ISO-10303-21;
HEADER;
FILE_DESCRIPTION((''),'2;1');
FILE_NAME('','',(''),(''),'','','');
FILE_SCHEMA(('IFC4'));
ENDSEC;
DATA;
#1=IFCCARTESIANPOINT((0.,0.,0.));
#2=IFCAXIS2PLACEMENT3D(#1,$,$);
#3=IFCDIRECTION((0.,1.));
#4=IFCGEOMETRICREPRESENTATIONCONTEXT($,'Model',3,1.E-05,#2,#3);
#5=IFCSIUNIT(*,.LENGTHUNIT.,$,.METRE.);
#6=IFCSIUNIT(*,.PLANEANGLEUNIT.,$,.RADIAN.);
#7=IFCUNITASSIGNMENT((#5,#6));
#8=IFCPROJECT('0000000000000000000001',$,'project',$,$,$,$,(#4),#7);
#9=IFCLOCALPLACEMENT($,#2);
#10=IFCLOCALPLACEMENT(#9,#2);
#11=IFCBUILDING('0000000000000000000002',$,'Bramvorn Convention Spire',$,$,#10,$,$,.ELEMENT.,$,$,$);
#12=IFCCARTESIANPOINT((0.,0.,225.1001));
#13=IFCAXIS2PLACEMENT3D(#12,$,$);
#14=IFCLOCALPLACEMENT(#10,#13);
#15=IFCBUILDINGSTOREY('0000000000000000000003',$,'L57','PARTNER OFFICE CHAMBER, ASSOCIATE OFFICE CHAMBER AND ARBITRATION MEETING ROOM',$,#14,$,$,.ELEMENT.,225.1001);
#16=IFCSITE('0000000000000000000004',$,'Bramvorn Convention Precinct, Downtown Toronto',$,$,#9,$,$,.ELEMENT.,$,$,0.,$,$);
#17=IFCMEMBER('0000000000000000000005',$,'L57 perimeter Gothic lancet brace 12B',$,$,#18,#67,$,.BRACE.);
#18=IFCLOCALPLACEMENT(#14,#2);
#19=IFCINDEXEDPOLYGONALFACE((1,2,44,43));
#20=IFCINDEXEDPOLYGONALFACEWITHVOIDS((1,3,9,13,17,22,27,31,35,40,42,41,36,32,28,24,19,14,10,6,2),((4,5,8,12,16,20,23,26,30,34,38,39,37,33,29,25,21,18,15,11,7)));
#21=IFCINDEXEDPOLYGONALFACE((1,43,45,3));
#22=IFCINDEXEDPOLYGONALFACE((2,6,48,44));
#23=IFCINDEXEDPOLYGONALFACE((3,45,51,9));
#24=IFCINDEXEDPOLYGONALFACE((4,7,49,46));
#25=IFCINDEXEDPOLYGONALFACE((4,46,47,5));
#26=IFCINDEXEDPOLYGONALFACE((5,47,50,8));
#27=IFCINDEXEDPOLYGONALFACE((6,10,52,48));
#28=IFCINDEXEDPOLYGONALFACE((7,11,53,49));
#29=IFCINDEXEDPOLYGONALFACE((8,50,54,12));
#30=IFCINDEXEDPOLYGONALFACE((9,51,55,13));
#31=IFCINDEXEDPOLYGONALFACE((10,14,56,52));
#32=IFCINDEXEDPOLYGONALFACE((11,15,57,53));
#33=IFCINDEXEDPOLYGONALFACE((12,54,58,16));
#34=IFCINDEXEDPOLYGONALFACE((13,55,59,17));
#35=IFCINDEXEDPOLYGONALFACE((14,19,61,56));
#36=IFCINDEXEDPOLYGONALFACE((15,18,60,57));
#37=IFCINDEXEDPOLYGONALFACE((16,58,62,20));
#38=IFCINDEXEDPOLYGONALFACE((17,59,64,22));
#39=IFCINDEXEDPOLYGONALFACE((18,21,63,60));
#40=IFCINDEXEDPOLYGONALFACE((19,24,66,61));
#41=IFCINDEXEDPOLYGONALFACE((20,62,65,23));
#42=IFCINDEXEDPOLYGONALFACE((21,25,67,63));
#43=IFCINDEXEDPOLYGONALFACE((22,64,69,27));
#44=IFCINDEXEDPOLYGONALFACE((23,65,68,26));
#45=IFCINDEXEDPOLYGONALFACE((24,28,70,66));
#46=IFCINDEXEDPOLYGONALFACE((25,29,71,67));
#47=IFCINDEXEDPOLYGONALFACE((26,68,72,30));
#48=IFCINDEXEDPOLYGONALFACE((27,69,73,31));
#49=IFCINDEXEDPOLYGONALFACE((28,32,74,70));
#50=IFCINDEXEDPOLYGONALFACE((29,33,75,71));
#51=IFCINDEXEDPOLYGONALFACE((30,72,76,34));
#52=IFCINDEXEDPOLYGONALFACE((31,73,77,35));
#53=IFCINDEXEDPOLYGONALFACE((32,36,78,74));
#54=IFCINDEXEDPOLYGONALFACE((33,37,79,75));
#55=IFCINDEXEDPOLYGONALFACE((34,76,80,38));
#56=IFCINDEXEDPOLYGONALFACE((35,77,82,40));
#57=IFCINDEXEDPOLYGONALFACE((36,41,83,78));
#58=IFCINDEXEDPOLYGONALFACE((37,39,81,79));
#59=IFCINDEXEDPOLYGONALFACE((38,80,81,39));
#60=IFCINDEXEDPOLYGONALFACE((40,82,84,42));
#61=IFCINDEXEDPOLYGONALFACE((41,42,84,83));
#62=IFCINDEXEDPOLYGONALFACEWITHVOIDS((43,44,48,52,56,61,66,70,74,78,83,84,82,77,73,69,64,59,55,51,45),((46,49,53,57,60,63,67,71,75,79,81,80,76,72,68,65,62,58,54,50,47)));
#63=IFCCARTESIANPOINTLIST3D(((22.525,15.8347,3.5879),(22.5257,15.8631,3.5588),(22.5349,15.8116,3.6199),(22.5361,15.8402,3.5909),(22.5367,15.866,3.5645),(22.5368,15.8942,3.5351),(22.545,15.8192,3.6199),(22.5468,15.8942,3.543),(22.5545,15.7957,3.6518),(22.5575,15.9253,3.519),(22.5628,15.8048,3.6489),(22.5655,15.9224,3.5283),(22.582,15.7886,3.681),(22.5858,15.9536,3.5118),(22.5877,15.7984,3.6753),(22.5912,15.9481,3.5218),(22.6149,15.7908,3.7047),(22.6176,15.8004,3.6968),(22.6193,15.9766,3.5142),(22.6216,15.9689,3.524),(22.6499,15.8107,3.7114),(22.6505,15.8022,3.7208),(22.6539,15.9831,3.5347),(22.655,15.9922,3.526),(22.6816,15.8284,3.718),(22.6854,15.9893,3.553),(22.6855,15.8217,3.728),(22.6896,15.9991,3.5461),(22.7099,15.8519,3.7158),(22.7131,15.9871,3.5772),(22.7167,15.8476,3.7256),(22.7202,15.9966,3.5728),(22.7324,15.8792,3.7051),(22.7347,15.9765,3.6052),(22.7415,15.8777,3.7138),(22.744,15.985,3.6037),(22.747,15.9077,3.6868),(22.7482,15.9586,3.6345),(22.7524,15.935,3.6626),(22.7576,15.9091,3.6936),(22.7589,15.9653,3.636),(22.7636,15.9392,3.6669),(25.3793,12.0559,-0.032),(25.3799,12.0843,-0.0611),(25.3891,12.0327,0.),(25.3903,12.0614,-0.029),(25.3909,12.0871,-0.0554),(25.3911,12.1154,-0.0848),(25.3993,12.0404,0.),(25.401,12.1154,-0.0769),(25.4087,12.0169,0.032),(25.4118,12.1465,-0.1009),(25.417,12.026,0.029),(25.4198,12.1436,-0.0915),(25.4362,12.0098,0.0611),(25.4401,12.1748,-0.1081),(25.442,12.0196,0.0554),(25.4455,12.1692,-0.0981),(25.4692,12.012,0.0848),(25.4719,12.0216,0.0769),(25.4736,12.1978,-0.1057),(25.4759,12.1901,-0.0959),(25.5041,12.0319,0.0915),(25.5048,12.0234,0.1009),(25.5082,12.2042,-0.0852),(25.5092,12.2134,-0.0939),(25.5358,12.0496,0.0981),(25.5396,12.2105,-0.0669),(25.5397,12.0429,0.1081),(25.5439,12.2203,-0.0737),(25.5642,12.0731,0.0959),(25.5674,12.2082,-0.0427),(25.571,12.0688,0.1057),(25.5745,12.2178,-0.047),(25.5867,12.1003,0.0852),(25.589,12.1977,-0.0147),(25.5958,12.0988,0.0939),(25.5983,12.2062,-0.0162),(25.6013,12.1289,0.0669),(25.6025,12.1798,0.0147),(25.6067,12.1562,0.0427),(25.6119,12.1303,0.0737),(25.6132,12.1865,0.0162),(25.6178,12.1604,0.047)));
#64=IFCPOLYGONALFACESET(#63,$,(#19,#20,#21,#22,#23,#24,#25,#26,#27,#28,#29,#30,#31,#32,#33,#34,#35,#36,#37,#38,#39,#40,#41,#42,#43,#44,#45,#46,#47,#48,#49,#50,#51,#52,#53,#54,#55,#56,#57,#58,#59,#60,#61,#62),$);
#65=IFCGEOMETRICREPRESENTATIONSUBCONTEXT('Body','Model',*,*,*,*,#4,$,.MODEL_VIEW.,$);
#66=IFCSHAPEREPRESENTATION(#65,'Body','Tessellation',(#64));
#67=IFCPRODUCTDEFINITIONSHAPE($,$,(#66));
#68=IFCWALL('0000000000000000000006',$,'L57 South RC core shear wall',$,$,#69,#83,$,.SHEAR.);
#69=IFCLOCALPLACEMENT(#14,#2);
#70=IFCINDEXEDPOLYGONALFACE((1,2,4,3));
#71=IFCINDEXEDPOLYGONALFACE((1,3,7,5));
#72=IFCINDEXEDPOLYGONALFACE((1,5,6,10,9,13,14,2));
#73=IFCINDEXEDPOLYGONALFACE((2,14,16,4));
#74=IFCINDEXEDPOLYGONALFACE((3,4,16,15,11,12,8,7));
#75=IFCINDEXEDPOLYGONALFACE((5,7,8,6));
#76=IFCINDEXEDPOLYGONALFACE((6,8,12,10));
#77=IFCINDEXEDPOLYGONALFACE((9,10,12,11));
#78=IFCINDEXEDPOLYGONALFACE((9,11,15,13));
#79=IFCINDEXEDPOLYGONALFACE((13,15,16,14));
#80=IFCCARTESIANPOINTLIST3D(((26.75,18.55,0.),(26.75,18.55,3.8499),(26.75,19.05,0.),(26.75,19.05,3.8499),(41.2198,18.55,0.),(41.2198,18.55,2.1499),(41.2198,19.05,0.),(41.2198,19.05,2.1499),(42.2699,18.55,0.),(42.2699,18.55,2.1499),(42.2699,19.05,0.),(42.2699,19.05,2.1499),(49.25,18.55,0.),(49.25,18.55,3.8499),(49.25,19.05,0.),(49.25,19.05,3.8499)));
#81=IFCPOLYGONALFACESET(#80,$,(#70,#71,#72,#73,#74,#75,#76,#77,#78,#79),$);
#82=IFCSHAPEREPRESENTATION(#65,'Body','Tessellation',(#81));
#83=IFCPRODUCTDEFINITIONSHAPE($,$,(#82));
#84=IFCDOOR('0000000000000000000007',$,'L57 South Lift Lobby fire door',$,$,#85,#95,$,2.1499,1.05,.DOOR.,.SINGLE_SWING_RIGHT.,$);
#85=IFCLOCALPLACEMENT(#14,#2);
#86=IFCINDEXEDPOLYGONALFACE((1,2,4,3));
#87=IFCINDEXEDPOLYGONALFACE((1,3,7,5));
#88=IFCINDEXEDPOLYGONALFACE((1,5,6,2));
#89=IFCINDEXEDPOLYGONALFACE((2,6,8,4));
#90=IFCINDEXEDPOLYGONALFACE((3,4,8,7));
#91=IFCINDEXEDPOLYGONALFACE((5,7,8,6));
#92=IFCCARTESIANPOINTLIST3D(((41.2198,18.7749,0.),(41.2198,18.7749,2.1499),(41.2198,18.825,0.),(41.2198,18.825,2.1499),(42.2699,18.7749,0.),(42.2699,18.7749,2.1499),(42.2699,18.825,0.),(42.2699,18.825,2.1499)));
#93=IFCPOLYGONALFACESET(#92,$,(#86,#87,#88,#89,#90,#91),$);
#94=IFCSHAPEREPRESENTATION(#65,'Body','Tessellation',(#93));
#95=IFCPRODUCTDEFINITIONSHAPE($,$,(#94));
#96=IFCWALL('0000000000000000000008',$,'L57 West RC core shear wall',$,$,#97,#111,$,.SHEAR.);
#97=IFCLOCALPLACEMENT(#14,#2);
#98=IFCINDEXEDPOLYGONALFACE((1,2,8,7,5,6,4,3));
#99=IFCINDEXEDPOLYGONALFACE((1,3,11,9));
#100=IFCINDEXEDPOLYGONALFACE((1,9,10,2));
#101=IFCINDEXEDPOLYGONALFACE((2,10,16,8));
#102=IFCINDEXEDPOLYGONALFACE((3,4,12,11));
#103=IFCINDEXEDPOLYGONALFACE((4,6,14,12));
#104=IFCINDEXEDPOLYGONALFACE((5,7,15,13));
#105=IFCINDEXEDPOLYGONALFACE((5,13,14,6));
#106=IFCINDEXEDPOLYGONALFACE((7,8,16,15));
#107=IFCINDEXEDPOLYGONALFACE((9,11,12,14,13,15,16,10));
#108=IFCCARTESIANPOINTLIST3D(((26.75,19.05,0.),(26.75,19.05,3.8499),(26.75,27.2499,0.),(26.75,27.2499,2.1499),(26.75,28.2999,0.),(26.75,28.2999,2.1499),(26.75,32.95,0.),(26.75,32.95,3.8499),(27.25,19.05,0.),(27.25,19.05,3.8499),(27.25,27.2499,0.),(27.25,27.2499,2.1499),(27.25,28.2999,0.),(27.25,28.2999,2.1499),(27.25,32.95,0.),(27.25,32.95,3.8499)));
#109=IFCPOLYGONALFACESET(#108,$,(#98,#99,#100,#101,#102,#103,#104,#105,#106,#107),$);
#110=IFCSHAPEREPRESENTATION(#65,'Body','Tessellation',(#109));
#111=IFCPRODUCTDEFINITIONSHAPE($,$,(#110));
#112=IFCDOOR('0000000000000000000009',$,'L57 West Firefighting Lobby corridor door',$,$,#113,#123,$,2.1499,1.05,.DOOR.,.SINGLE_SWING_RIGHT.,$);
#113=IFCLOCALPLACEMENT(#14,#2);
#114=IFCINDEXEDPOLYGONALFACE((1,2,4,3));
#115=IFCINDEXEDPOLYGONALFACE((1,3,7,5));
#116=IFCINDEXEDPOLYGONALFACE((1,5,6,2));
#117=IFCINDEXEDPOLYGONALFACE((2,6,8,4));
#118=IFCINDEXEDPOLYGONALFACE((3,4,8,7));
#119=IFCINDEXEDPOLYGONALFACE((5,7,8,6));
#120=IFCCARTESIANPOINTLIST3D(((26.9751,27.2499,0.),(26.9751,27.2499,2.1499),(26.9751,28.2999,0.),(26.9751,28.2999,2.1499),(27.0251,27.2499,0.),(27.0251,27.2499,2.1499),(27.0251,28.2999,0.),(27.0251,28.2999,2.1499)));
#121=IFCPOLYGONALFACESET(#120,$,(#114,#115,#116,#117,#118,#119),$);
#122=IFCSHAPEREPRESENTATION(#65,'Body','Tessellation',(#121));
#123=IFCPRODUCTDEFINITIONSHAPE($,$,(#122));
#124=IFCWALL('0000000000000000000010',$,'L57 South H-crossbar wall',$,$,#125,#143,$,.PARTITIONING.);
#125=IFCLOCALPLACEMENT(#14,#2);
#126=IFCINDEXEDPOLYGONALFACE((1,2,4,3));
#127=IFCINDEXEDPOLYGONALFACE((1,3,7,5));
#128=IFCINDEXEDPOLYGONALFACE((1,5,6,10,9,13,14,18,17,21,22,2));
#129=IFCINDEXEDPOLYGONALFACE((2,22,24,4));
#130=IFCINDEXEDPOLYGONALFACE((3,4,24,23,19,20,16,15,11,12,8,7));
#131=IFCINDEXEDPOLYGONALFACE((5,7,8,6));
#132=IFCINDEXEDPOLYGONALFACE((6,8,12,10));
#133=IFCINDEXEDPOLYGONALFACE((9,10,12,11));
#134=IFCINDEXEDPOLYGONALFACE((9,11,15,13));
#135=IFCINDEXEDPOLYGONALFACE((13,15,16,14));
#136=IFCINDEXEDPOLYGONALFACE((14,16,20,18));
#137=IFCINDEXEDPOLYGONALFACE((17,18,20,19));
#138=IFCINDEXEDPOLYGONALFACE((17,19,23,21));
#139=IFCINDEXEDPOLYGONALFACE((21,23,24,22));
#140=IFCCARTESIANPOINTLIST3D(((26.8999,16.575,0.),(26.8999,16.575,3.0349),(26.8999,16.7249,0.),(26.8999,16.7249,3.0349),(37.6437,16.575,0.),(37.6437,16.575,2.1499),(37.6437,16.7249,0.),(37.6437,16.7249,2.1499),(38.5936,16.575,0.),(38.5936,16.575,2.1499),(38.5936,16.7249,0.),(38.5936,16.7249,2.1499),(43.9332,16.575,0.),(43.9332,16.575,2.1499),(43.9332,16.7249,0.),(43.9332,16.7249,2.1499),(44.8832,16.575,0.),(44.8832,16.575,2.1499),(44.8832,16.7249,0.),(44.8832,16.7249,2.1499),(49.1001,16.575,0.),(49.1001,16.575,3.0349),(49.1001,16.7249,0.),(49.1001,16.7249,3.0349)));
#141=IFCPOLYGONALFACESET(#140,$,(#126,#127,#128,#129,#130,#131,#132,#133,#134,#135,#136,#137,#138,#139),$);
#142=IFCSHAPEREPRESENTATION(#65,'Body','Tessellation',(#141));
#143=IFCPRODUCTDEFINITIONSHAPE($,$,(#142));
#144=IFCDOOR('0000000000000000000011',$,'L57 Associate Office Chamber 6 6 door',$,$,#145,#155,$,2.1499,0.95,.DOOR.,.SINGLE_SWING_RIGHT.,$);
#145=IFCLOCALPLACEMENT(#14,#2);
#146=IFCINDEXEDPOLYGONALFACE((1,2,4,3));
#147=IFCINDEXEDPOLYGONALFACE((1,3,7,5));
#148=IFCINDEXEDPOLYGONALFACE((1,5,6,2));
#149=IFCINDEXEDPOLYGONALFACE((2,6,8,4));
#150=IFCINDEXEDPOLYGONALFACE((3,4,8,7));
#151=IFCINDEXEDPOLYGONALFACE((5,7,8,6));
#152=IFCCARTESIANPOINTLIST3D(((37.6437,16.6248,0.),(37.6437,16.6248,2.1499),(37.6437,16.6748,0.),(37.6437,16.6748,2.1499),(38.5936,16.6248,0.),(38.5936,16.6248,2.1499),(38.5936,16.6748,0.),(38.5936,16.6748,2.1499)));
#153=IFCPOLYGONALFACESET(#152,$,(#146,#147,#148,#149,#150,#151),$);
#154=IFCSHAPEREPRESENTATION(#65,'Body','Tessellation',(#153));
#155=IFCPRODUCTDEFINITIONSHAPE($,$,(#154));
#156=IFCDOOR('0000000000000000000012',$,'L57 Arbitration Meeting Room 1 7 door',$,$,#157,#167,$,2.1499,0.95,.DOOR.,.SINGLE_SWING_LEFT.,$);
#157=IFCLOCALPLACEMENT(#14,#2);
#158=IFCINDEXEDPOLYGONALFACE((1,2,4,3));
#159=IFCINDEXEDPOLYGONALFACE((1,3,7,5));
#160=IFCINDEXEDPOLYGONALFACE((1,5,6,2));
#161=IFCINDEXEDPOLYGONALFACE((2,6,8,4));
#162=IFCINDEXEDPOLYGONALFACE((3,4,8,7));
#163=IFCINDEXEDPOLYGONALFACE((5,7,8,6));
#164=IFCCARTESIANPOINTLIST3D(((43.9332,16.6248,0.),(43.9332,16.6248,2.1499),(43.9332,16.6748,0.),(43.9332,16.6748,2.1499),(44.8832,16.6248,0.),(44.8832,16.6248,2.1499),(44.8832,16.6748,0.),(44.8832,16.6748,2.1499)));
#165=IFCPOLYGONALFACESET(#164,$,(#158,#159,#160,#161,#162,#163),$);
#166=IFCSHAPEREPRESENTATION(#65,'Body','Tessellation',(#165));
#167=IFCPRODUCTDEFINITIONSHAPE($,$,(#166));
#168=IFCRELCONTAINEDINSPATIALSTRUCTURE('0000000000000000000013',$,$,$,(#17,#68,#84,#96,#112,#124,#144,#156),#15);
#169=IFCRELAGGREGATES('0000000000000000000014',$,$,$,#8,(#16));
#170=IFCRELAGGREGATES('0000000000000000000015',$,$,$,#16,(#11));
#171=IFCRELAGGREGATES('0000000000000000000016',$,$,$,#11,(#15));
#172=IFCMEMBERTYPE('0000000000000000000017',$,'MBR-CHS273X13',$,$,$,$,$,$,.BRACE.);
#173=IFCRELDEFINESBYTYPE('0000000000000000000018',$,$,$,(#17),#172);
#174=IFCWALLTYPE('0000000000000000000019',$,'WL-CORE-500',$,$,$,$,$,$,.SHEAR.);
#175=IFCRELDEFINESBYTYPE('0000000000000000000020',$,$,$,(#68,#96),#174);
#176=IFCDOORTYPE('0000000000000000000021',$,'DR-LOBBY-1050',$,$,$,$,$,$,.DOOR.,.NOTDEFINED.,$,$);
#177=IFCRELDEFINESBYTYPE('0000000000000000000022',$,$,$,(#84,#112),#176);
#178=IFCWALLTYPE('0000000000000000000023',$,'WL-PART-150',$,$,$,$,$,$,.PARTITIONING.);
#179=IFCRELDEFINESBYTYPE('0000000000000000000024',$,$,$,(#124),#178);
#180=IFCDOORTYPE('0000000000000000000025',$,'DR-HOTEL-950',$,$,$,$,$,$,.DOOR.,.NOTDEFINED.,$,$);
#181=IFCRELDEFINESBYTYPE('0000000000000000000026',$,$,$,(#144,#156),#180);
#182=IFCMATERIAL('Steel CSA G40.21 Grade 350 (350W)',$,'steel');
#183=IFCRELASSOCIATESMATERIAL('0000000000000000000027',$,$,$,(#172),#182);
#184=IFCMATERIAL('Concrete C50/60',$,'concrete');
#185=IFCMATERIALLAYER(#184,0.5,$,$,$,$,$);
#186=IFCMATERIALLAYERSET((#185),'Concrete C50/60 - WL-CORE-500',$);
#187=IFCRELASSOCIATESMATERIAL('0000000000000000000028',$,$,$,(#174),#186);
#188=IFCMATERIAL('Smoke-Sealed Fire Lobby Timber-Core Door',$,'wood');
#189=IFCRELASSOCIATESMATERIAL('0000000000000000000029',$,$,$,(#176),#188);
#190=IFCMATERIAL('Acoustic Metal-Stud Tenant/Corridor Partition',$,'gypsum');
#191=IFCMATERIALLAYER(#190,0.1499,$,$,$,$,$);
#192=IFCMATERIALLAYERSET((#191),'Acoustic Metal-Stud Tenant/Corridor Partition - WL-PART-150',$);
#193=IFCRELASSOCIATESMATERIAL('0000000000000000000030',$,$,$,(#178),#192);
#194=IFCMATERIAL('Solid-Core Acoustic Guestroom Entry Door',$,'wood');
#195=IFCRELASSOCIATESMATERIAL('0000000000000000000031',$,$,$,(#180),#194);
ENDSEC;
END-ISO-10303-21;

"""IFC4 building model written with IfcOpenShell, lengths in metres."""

from ifc_helpers import new_model, si_unit, direction, frame, frame_2d, origin, origin_2d, place, context, subcontext, project, spatial, rectangle, hollow_circle, extrude, material, layer, layer_set, material_profile, profile_set, type_object, element, fill, save


model = new_model("IFC4")

# Units and contexts
model_context = context("Model", 3, precision=1e-05, world=origin(), true_north=direction((0.0, 1.0)))
body_context = subcontext(model_context, "Body", "Model", "MODEL_VIEW")
ifc_project = project(units=[si_unit("LENGTHUNIT", "METRE"), si_unit("PLANEANGLEUNIT", "RADIAN")], contexts=[model_context])

# Site, building, storey
site_placement = place(None, origin())
site = spatial("IfcSite", under=ifc_project, at=site_placement, Name="Bramvorn Convention Precinct, Downtown Toronto", CompositionType="ELEMENT", RefElevation=0.0)
building_placement = place(site_placement, origin())
building = spatial("IfcBuilding", under=site, at=building_placement, Name="Bramvorn Convention Spire", CompositionType="ELEMENT")
storey_placement = place(building_placement, frame((0.0, 0.0, 225.1001)))
storey = spatial("IfcBuildingStorey", under=building, at=storey_placement, Name="L57", Description="PARTNER OFFICE CHAMBER, ASSOCIATE OFFICE CHAMBER AND ARBITRATION MEETING ROOM", CompositionType="ELEMENT", Elevation=225.1001)

# Shared definitions
ifc_material_1 = material(Name="Steel CSA G40.21 Grade 350 (350W)", Category="steel")

# Member
ifc_material_profile_1 = material_profile(ifc_material_1, hollow_circle(Radius=0.1365, WallThickness=0.0127, at=origin_2d()))
ifc_profile_set_1 = profile_set([ifc_material_profile_1], Name="Steel CSA G40.21 Grade 350 (350W) - CHS273X13")
member_type = type_object("IfcMemberType", Name="MBR-CHS273X13", PredefinedType="BRACE", material=ifc_profile_set_1)
member_placement = place(storey_placement, frame((25.498, 12.115, 0.0), z_axis=(-0.478847, 0.633957, 0.607293), x_axis=(-0.797954, -0.602719, 0.0)))
element("IfcMember", 1, at=member_placement, inside=storey, type_object=member_type, Name="L57 perimeter Gothic lancet brace 12B", PredefinedType="BRACE", context=body_context, shape_type="SweptSolid", body=[
    extrude(hollow_circle(Radius=0.1365, WallThickness=0.0127, at=origin_2d()), origin(), (0.0, 0.0, 1.0), 5.9607),
])

# Walls, openings, doors
ifc_material_2 = material(Name="Concrete C50/60", Category="concrete")
ifc_layer_1 = layer(ifc_material_2, 0.5)
ifc_layer_set_1 = layer_set([ifc_layer_1], Name="Concrete C50/60 - WL-CORE-500")
wall_type_1 = type_object("IfcWallType", Name="WL-CORE-500", PredefinedType="SHEAR", material=ifc_layer_set_1)
wall_1_placement = place(storey_placement, frame((26.75, 18.8, 0.0), z_axis=(0.0, 0.0, 1.0), x_axis=(1.0, 0.0, 0.0)))
wall_1 = element("IfcWall", 2, at=wall_1_placement, inside=storey, type_object=wall_type_1, Name="L57 South RC core shear wall", PredefinedType="SHEAR", context=body_context, shape_type="SweptSolid", body=[
    extrude(rectangle(XDim=22.5, YDim=0.5, at=frame_2d((11.25, 0.0))), origin(), (0.0, 0.0, 1.0), 3.8499),
])
opening_1_placement = place(wall_1_placement, frame((14.47, 0.0, 0.0)))
opening_1 = element("IfcOpeningElement", 3, at=opening_1_placement, cuts=wall_1, PredefinedType="OPENING", context=body_context, shape_type="SweptSolid", body=[
    extrude(rectangle(XDim=1.05, YDim=2.1499, at=frame_2d((0.5249, 1.075))), frame((0.0, 0.26, 0.0), z_axis=(0.0, -1.0, 0.0), x_axis=(1.0, 0.0, 0.0)), (0.0, 0.0, 1.0), 0.52),
])
ifc_material_3 = material(Name="Smoke-Sealed Fire Lobby Timber-Core Door", Category="wood")
door_type_1 = type_object("IfcDoorType", Name="DR-LOBBY-1050", OperationType="NOTDEFINED", PredefinedType="DOOR", material=ifc_material_3)
door_1_placement = place(opening_1_placement, origin())
door_1 = element("IfcDoor", 4, at=door_1_placement, inside=storey, type_object=door_type_1, Name="L57 South Lift Lobby fire door", OperationType="SINGLE_SWING_RIGHT", OverallHeight=2.1499, OverallWidth=1.05, PredefinedType="DOOR", context=body_context, shape_type="SweptSolid", body=[
    extrude(rectangle(XDim=1.05, YDim=2.1499, at=frame_2d((0.5249, 1.075))), frame((0.0, 0.0249, 0.0), z_axis=(0.0, -1.0, 0.0), x_axis=(1.0, 0.0, 0.0)), (0.0, 0.0, 1.0), 0.05),
])
fill(opening_1, door_1)
wall_2_placement = place(storey_placement, frame((27.0, 19.05, 0.0), z_axis=(0.0, 0.0, 1.0), x_axis=(0.0, 1.0, 0.0)))
wall_2 = element("IfcWall", 5, at=wall_2_placement, inside=storey, type_object=wall_type_1, Name="L57 West RC core shear wall", PredefinedType="SHEAR", context=body_context, shape_type="SweptSolid", body=[
    extrude(rectangle(XDim=13.8999, YDim=0.5, at=frame_2d((6.95, 0.0))), origin(), (0.0, 0.0, 1.0), 3.8499),
])
opening_2_placement = place(wall_2_placement, frame((8.2, 0.0, 0.0)))
opening_2 = element("IfcOpeningElement", 6, at=opening_2_placement, cuts=wall_2, PredefinedType="OPENING", context=body_context, shape_type="SweptSolid", body=[
    extrude(rectangle(XDim=1.05, YDim=2.1499, at=frame_2d((0.5249, 1.075))), frame((0.0, 0.26, 0.0), z_axis=(0.0, -1.0, 0.0), x_axis=(1.0, 0.0, 0.0)), (0.0, 0.0, 1.0), 0.52),
])
door_2_placement = place(opening_2_placement, origin())
door_2 = element("IfcDoor", 7, at=door_2_placement, inside=storey, type_object=door_type_1, Name="L57 West Firefighting Lobby corridor door", OperationType="SINGLE_SWING_RIGHT", OverallHeight=2.1499, OverallWidth=1.05, PredefinedType="DOOR", context=body_context, shape_type="SweptSolid", body=[
    extrude(rectangle(XDim=1.05, YDim=2.1499, at=frame_2d((0.5249, 1.075))), frame((0.0, 0.0249, 0.0), z_axis=(0.0, -1.0, 0.0), x_axis=(1.0, 0.0, 0.0)), (0.0, 0.0, 1.0), 0.05),
])
fill(opening_2, door_2)

# Wall, openings, doors
ifc_material_4 = material(Name="Acoustic Metal-Stud Tenant/Corridor Partition", Category="gypsum")
ifc_layer_2 = layer(ifc_material_4, 0.1499)
ifc_layer_set_2 = layer_set([ifc_layer_2], Name="Acoustic Metal-Stud Tenant/Corridor Partition - WL-PART-150")
wall_type_2 = type_object("IfcWallType", Name="WL-PART-150", PredefinedType="PARTITIONING", material=ifc_layer_set_2)
wall_3_placement = place(storey_placement, frame((26.8999, 16.6499, 0.0), z_axis=(0.0, 0.0, 1.0), x_axis=(1.0, 0.0, 0.0)))
wall_3 = element("IfcWall", 8, at=wall_3_placement, inside=storey, type_object=wall_type_2, Name="L57 South H-crossbar wall", PredefinedType="PARTITIONING", context=body_context, shape_type="SweptSolid", body=[
    extrude(rectangle(XDim=22.2002, YDim=0.1499, at=frame_2d((11.1001, 0.0))), origin(), (0.0, 0.0, 1.0), 3.0349),
])
opening_3_placement = place(wall_3_placement, frame((10.7437, 0.0, 0.0)))
opening_3 = element("IfcOpeningElement", 9, at=opening_3_placement, cuts=wall_3, PredefinedType="OPENING", context=body_context, shape_type="SweptSolid", body=[
    extrude(rectangle(XDim=0.95, YDim=2.1499, at=frame_2d((0.4751, 1.075))), frame((0.0, 0.085, 0.0), z_axis=(0.0, -1.0, 0.0), x_axis=(1.0, 0.0, 0.0)), (0.0, 0.0, 1.0), 0.1699),
])
opening_4_placement = place(wall_3_placement, frame((17.0332, 0.0, 0.0)))
opening_4 = element("IfcOpeningElement", 10, at=opening_4_placement, cuts=wall_3, PredefinedType="OPENING", context=body_context, shape_type="SweptSolid", body=[
    extrude(rectangle(XDim=0.95, YDim=2.1499, at=frame_2d((0.4751, 1.075))), frame((0.0, 0.085, 0.0), z_axis=(0.0, -1.0, 0.0), x_axis=(1.0, 0.0, 0.0)), (0.0, 0.0, 1.0), 0.1699),
])
ifc_material_5 = material(Name="Solid-Core Acoustic Guestroom Entry Door", Category="wood")
door_type_2 = type_object("IfcDoorType", Name="DR-HOTEL-950", OperationType="NOTDEFINED", PredefinedType="DOOR", material=ifc_material_5)
door_3_placement = place(opening_3_placement, origin())
door_3 = element("IfcDoor", 11, at=door_3_placement, inside=storey, type_object=door_type_2, Name="L57 Associate Office Chamber 6 6 door", OperationType="SINGLE_SWING_RIGHT", OverallHeight=2.1499, OverallWidth=0.95, PredefinedType="DOOR", context=body_context, shape_type="SweptSolid", body=[
    extrude(rectangle(XDim=0.95, YDim=2.1499, at=frame_2d((0.4751, 1.075))), frame((0.0, 0.0249, 0.0), z_axis=(0.0, -1.0, 0.0), x_axis=(1.0, 0.0, 0.0)), (0.0, 0.0, 1.0), 0.05),
])
fill(opening_3, door_3)
door_4_placement = place(opening_4_placement, origin())
door_4 = element("IfcDoor", 12, at=door_4_placement, inside=storey, type_object=door_type_2, Name="L57 Arbitration Meeting Room 1 7 door", OperationType="SINGLE_SWING_LEFT", OverallHeight=2.1499, OverallWidth=0.95, PredefinedType="DOOR", context=body_context, shape_type="SweptSolid", body=[
    extrude(rectangle(XDim=0.95, YDim=2.1499, at=frame_2d((0.4751, 1.075))), frame((0.0, 0.0249, 0.0), z_axis=(0.0, -1.0, 0.0), x_axis=(1.0, 0.0, 0.0)), (0.0, 0.0, 1.0), 0.05),
])
fill(opening_4, door_4)

save(model, "model.ifc")
